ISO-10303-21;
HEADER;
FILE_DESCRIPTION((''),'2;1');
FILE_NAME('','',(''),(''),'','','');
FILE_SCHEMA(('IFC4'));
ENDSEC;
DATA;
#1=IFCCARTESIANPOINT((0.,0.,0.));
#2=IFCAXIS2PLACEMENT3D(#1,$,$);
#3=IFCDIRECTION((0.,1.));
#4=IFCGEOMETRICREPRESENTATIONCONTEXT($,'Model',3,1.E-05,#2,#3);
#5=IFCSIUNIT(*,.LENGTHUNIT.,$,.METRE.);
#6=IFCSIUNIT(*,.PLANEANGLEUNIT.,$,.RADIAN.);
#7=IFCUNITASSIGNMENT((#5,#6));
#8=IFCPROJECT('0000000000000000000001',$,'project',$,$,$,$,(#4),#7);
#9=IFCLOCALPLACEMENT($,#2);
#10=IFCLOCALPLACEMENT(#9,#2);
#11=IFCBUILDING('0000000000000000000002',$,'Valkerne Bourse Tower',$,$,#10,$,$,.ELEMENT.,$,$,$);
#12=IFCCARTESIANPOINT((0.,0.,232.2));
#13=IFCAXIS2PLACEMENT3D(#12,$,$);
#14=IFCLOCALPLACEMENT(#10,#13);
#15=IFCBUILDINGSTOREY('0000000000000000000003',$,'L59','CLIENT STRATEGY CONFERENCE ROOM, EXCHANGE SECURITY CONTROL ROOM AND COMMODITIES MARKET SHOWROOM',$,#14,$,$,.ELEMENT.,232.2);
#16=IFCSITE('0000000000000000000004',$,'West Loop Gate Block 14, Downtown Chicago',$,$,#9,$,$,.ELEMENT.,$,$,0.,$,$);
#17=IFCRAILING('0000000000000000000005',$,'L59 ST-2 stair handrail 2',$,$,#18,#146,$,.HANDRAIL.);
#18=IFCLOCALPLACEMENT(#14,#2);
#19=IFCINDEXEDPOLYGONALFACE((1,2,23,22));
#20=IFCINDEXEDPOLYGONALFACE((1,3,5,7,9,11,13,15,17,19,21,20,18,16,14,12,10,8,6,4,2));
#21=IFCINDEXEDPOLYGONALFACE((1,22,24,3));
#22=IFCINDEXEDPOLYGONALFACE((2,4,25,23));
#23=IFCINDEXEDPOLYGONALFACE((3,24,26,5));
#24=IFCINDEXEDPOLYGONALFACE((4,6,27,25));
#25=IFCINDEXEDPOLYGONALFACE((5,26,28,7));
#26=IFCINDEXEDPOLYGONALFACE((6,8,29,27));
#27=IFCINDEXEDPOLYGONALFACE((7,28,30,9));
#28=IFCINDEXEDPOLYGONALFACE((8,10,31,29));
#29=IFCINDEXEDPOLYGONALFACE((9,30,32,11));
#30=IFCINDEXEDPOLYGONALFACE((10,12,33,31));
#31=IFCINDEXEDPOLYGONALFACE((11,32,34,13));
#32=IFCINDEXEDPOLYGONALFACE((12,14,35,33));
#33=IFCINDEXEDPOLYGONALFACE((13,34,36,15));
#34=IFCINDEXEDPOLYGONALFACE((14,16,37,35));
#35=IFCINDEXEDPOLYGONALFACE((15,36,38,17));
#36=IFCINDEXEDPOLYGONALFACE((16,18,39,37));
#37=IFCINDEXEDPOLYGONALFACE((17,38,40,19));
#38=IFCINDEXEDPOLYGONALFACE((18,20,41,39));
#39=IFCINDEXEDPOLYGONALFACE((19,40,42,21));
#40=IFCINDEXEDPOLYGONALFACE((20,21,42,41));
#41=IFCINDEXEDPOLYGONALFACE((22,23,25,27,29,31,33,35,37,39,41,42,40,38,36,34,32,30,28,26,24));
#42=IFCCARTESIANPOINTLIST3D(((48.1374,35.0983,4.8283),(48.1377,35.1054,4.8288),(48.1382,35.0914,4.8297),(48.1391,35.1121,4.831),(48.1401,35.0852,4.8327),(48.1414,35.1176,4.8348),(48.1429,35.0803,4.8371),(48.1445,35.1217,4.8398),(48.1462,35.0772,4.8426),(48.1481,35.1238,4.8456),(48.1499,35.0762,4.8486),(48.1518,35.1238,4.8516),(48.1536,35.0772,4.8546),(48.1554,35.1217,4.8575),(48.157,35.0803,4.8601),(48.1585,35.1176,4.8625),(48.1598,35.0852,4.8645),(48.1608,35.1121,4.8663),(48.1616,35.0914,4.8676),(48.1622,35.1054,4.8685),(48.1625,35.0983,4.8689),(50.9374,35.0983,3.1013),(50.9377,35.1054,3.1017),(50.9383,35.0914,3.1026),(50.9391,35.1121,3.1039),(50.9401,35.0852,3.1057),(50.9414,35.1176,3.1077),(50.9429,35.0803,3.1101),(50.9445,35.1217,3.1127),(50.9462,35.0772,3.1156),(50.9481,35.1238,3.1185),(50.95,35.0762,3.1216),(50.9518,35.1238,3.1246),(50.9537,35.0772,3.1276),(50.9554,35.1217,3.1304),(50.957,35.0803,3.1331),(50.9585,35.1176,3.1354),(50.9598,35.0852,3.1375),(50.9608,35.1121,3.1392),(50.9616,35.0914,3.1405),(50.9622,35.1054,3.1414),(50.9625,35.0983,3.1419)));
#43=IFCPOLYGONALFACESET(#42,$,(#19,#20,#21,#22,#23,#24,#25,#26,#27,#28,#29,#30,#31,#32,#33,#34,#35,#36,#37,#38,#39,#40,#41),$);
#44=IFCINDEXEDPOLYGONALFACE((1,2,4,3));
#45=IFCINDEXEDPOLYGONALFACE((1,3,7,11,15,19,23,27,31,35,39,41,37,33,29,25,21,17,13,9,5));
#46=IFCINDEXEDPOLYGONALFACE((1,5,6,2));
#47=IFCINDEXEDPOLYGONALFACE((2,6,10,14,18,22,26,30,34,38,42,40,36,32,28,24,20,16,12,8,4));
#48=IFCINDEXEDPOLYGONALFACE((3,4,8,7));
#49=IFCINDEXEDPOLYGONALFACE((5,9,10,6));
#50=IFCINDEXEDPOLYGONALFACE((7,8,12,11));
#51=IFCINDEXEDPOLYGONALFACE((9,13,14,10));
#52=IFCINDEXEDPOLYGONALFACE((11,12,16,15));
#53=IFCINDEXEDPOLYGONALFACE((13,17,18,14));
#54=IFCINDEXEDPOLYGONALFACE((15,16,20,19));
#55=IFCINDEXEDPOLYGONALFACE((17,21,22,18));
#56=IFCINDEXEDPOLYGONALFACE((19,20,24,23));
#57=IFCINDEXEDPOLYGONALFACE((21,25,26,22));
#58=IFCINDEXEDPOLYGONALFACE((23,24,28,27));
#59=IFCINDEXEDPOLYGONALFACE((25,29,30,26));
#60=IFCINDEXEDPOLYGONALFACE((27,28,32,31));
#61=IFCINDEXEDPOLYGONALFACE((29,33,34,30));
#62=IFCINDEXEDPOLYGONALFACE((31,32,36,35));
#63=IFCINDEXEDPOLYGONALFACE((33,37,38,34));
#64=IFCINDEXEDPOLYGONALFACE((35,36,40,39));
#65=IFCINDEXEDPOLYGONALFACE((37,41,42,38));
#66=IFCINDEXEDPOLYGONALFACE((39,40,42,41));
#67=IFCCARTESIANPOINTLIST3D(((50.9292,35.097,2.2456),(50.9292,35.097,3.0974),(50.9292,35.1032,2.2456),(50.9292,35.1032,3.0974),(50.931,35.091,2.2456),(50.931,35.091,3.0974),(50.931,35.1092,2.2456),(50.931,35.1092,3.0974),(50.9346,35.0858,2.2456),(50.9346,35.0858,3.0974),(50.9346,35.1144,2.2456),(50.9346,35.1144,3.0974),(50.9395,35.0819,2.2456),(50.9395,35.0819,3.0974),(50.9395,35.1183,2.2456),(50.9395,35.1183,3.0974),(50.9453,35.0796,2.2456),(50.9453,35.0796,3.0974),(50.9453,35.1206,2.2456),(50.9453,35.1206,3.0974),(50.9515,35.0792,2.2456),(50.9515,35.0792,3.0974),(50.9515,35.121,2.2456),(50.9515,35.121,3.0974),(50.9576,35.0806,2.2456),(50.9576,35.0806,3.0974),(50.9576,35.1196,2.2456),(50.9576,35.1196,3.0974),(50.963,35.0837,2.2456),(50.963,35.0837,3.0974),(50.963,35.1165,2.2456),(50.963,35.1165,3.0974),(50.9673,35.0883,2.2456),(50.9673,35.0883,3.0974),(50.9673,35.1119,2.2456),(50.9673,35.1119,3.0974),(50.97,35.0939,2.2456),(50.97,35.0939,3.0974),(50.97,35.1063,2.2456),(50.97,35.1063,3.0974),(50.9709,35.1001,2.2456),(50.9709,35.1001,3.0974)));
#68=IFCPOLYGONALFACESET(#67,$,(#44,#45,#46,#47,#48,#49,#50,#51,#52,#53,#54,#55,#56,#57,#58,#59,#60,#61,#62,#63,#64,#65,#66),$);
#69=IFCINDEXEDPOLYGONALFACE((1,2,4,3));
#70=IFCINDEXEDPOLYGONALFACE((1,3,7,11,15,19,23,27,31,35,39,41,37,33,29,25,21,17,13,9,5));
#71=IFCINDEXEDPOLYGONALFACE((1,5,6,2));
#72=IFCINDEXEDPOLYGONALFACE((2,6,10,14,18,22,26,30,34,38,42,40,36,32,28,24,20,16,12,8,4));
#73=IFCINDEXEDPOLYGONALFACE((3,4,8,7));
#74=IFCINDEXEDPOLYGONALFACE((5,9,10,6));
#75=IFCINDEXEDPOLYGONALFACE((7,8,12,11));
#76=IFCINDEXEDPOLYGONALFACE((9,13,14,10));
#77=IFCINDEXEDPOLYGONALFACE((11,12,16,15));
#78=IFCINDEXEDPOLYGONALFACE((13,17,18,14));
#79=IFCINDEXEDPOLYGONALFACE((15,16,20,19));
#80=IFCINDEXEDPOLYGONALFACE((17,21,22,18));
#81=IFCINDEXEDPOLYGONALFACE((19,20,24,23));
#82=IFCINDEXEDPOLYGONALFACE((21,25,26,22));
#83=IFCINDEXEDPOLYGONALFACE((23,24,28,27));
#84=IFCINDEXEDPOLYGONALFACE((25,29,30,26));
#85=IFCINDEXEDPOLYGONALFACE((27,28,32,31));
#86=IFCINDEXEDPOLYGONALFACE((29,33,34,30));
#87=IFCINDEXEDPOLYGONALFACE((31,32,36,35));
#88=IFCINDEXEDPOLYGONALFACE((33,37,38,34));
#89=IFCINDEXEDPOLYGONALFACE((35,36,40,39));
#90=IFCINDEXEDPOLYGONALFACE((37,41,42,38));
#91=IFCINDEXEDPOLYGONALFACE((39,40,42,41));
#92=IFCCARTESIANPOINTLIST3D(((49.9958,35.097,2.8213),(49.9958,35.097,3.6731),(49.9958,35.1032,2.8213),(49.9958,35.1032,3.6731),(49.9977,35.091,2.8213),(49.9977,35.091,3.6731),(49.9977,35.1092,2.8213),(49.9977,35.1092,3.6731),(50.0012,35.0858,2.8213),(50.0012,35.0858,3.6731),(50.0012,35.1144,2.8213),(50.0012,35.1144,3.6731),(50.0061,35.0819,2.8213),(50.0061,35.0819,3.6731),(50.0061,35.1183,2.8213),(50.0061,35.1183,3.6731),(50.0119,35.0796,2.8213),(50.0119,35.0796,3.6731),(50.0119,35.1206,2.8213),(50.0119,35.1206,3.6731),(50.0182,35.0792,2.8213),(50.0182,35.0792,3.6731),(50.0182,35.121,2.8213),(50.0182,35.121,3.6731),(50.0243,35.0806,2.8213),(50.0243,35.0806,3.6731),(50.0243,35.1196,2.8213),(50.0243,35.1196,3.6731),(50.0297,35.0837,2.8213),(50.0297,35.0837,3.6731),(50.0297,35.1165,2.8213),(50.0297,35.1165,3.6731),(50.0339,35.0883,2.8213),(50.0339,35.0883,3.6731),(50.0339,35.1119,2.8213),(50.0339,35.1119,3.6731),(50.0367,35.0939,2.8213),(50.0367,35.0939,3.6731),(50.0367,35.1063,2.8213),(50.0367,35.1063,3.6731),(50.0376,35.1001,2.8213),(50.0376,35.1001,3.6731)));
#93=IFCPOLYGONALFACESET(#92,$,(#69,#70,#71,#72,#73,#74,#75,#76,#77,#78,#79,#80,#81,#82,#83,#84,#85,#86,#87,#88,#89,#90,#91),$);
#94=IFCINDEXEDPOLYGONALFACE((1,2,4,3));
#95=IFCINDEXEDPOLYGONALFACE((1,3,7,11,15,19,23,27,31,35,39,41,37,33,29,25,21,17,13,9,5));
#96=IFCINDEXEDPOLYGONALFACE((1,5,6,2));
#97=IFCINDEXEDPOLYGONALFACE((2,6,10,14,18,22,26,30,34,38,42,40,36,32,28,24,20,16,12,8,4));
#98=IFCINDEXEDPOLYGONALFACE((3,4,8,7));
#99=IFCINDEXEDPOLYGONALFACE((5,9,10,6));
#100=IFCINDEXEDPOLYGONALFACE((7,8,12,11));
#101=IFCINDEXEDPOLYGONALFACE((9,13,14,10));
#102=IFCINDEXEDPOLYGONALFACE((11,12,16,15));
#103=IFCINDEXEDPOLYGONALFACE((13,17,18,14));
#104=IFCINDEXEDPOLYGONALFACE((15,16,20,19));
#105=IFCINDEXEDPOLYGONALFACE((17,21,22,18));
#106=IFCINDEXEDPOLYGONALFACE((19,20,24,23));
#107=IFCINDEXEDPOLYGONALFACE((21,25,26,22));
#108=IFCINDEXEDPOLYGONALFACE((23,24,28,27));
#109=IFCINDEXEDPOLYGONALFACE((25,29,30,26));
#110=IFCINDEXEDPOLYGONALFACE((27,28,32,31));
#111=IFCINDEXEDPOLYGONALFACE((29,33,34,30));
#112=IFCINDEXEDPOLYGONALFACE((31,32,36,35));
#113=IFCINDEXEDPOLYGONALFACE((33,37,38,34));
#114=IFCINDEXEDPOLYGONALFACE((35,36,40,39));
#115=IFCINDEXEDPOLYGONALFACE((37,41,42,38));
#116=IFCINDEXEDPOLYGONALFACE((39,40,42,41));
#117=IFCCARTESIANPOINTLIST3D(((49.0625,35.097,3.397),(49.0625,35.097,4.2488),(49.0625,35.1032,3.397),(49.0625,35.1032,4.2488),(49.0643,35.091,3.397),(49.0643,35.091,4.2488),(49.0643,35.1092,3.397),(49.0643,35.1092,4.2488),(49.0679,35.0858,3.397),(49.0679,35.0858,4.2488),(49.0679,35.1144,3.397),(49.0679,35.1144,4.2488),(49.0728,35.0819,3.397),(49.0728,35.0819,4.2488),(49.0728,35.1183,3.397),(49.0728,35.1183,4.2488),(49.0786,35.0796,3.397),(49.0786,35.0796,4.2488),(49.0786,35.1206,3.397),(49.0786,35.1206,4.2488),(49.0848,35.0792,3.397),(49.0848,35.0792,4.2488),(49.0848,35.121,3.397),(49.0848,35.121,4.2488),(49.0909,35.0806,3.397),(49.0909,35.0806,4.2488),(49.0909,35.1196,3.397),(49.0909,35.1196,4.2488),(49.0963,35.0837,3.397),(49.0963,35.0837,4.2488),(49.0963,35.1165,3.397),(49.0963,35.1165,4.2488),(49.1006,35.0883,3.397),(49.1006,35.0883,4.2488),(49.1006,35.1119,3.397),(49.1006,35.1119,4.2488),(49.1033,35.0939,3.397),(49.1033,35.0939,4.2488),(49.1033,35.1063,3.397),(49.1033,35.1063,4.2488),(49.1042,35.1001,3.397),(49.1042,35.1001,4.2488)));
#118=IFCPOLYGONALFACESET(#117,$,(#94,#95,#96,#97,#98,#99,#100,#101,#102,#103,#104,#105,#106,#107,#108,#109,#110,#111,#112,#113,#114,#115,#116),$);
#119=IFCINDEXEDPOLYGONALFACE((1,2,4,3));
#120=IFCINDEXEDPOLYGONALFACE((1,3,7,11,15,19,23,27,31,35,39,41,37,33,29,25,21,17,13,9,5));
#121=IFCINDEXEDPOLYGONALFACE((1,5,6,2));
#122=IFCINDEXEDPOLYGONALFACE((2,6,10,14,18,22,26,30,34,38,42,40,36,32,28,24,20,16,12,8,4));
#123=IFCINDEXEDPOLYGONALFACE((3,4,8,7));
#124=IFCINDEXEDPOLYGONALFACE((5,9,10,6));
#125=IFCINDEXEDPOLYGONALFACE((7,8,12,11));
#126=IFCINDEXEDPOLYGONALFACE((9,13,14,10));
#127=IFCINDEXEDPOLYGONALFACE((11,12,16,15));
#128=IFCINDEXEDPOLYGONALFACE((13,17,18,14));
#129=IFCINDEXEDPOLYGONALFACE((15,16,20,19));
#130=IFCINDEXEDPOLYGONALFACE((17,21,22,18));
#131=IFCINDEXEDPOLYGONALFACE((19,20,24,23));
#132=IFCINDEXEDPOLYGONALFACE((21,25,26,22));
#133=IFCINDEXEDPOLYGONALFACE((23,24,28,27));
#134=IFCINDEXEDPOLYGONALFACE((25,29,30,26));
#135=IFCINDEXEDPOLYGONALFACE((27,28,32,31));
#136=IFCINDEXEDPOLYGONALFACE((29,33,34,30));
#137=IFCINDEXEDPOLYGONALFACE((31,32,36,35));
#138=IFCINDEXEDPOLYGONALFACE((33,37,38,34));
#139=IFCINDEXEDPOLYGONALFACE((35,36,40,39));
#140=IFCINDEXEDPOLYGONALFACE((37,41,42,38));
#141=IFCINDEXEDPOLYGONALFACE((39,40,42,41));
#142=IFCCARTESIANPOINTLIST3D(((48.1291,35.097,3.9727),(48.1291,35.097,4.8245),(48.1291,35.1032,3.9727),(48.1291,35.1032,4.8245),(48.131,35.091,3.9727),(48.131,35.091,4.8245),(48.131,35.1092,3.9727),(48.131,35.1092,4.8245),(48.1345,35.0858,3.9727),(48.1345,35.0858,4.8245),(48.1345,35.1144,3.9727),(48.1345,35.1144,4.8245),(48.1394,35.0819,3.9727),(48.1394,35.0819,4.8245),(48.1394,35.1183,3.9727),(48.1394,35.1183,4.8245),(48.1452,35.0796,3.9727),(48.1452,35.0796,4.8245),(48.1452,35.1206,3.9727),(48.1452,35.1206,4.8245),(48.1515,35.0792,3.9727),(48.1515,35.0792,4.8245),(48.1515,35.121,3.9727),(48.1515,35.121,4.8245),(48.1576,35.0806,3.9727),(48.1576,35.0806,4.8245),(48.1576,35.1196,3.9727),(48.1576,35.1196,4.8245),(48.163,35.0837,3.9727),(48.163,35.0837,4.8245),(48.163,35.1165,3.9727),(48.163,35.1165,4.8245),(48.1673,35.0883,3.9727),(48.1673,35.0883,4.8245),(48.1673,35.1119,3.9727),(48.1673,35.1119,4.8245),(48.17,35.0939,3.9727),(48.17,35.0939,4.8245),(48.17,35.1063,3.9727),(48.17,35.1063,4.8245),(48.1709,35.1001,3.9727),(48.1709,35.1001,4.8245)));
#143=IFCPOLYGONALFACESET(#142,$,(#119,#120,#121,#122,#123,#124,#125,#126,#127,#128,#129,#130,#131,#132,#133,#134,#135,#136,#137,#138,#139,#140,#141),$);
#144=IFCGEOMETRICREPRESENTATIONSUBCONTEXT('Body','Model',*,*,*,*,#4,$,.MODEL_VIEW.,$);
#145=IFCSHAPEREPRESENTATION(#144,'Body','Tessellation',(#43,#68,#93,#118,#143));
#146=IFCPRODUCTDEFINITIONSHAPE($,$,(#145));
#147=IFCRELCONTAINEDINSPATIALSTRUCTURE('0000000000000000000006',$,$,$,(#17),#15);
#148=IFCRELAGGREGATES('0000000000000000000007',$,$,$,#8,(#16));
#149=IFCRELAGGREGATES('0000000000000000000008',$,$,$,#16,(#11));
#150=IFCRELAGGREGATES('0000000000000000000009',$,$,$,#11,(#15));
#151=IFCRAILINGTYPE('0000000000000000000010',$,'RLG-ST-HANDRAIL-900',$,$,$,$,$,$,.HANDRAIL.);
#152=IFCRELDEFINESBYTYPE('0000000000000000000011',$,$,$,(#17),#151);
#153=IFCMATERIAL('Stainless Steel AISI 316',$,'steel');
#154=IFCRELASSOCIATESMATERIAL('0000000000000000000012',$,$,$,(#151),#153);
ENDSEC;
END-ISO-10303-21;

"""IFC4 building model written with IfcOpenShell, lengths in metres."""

from ifc_helpers import new_model, si_unit, direction, frame, origin, origin_2d, place, context, subcontext, project, spatial, circle, extrude, material, type_object, element, save


model = new_model("IFC4")

# Units and contexts
model_context = context("Model", 3, precision=1e-05, world=origin(), true_north=direction((0.0, 1.0)))
body_context = subcontext(model_context, "Body", "Model", "MODEL_VIEW")
ifc_project = project(units=[si_unit("LENGTHUNIT", "METRE"), si_unit("PLANEANGLEUNIT", "RADIAN")], contexts=[model_context])

# Site, building, storey
site_placement = place(None, origin())
site = spatial("IfcSite", under=ifc_project, at=site_placement, Name="West Loop Gate Block 14, Downtown Chicago", CompositionType="ELEMENT", RefElevation=0.0)
building_placement = place(site_placement, origin())
building = spatial("IfcBuilding", under=site, at=building_placement, Name="Valkerne Bourse Tower", CompositionType="ELEMENT")
storey_placement = place(building_placement, frame((0.0, 0.0, 232.2)))
storey = spatial("IfcBuildingStorey", under=building, at=storey_placement, Name="L59", Description="CLIENT STRATEGY CONFERENCE ROOM, EXCHANGE SECURITY CONTROL ROOM AND COMMODITIES MARKET SHOWROOM", CompositionType="ELEMENT", Elevation=232.2)

# Shared definitions
ifc_material_1 = material(Name="Stainless Steel AISI 316", Category="steel")

# Railing
railing_type_1 = type_object("IfcRailingType", Name="RLG-ST-HANDRAIL-900", PredefinedType="HANDRAIL", material=ifc_material_1)
railing_1_placement = place(storey_placement, frame((50.95, 35.1001, 2.2456)))
element("IfcRailing", 1, at=railing_1_placement, inside=storey, type_object=railing_type_1, Name="L59 ST-2 stair handrail 2", PredefinedType="HANDRAIL", context=body_context, shape_type="SweptSolid", body=[
    extrude(circle(Radius=0.0239, at=origin_2d()), frame((0.0, 0.0, 0.876), z_axis=(-0.851123, 0.0, 0.524967), x_axis=(0.0, -1.0, 0.0)), (0.0, 0.0, 1.0), 3.2898),
    extrude(circle(Radius=0.021, at=origin_2d()), origin(), (0.0, 0.0, 1.0), 0.8518),
    extrude(circle(Radius=0.021, at=origin_2d()), frame((-0.9333, 0.0, 0.5757)), (0.0, 0.0, 1.0), 0.8518),
    extrude(circle(Radius=0.021, at=origin_2d()), frame((-1.8667, 0.0, 1.1514)), (0.0, 0.0, 1.0), 0.8518),
    extrude(circle(Radius=0.021, at=origin_2d()), frame((-2.8, 0.0, 1.7271)), (0.0, 0.0, 1.0), 0.8518),
])

save(model, "model.ifc")
